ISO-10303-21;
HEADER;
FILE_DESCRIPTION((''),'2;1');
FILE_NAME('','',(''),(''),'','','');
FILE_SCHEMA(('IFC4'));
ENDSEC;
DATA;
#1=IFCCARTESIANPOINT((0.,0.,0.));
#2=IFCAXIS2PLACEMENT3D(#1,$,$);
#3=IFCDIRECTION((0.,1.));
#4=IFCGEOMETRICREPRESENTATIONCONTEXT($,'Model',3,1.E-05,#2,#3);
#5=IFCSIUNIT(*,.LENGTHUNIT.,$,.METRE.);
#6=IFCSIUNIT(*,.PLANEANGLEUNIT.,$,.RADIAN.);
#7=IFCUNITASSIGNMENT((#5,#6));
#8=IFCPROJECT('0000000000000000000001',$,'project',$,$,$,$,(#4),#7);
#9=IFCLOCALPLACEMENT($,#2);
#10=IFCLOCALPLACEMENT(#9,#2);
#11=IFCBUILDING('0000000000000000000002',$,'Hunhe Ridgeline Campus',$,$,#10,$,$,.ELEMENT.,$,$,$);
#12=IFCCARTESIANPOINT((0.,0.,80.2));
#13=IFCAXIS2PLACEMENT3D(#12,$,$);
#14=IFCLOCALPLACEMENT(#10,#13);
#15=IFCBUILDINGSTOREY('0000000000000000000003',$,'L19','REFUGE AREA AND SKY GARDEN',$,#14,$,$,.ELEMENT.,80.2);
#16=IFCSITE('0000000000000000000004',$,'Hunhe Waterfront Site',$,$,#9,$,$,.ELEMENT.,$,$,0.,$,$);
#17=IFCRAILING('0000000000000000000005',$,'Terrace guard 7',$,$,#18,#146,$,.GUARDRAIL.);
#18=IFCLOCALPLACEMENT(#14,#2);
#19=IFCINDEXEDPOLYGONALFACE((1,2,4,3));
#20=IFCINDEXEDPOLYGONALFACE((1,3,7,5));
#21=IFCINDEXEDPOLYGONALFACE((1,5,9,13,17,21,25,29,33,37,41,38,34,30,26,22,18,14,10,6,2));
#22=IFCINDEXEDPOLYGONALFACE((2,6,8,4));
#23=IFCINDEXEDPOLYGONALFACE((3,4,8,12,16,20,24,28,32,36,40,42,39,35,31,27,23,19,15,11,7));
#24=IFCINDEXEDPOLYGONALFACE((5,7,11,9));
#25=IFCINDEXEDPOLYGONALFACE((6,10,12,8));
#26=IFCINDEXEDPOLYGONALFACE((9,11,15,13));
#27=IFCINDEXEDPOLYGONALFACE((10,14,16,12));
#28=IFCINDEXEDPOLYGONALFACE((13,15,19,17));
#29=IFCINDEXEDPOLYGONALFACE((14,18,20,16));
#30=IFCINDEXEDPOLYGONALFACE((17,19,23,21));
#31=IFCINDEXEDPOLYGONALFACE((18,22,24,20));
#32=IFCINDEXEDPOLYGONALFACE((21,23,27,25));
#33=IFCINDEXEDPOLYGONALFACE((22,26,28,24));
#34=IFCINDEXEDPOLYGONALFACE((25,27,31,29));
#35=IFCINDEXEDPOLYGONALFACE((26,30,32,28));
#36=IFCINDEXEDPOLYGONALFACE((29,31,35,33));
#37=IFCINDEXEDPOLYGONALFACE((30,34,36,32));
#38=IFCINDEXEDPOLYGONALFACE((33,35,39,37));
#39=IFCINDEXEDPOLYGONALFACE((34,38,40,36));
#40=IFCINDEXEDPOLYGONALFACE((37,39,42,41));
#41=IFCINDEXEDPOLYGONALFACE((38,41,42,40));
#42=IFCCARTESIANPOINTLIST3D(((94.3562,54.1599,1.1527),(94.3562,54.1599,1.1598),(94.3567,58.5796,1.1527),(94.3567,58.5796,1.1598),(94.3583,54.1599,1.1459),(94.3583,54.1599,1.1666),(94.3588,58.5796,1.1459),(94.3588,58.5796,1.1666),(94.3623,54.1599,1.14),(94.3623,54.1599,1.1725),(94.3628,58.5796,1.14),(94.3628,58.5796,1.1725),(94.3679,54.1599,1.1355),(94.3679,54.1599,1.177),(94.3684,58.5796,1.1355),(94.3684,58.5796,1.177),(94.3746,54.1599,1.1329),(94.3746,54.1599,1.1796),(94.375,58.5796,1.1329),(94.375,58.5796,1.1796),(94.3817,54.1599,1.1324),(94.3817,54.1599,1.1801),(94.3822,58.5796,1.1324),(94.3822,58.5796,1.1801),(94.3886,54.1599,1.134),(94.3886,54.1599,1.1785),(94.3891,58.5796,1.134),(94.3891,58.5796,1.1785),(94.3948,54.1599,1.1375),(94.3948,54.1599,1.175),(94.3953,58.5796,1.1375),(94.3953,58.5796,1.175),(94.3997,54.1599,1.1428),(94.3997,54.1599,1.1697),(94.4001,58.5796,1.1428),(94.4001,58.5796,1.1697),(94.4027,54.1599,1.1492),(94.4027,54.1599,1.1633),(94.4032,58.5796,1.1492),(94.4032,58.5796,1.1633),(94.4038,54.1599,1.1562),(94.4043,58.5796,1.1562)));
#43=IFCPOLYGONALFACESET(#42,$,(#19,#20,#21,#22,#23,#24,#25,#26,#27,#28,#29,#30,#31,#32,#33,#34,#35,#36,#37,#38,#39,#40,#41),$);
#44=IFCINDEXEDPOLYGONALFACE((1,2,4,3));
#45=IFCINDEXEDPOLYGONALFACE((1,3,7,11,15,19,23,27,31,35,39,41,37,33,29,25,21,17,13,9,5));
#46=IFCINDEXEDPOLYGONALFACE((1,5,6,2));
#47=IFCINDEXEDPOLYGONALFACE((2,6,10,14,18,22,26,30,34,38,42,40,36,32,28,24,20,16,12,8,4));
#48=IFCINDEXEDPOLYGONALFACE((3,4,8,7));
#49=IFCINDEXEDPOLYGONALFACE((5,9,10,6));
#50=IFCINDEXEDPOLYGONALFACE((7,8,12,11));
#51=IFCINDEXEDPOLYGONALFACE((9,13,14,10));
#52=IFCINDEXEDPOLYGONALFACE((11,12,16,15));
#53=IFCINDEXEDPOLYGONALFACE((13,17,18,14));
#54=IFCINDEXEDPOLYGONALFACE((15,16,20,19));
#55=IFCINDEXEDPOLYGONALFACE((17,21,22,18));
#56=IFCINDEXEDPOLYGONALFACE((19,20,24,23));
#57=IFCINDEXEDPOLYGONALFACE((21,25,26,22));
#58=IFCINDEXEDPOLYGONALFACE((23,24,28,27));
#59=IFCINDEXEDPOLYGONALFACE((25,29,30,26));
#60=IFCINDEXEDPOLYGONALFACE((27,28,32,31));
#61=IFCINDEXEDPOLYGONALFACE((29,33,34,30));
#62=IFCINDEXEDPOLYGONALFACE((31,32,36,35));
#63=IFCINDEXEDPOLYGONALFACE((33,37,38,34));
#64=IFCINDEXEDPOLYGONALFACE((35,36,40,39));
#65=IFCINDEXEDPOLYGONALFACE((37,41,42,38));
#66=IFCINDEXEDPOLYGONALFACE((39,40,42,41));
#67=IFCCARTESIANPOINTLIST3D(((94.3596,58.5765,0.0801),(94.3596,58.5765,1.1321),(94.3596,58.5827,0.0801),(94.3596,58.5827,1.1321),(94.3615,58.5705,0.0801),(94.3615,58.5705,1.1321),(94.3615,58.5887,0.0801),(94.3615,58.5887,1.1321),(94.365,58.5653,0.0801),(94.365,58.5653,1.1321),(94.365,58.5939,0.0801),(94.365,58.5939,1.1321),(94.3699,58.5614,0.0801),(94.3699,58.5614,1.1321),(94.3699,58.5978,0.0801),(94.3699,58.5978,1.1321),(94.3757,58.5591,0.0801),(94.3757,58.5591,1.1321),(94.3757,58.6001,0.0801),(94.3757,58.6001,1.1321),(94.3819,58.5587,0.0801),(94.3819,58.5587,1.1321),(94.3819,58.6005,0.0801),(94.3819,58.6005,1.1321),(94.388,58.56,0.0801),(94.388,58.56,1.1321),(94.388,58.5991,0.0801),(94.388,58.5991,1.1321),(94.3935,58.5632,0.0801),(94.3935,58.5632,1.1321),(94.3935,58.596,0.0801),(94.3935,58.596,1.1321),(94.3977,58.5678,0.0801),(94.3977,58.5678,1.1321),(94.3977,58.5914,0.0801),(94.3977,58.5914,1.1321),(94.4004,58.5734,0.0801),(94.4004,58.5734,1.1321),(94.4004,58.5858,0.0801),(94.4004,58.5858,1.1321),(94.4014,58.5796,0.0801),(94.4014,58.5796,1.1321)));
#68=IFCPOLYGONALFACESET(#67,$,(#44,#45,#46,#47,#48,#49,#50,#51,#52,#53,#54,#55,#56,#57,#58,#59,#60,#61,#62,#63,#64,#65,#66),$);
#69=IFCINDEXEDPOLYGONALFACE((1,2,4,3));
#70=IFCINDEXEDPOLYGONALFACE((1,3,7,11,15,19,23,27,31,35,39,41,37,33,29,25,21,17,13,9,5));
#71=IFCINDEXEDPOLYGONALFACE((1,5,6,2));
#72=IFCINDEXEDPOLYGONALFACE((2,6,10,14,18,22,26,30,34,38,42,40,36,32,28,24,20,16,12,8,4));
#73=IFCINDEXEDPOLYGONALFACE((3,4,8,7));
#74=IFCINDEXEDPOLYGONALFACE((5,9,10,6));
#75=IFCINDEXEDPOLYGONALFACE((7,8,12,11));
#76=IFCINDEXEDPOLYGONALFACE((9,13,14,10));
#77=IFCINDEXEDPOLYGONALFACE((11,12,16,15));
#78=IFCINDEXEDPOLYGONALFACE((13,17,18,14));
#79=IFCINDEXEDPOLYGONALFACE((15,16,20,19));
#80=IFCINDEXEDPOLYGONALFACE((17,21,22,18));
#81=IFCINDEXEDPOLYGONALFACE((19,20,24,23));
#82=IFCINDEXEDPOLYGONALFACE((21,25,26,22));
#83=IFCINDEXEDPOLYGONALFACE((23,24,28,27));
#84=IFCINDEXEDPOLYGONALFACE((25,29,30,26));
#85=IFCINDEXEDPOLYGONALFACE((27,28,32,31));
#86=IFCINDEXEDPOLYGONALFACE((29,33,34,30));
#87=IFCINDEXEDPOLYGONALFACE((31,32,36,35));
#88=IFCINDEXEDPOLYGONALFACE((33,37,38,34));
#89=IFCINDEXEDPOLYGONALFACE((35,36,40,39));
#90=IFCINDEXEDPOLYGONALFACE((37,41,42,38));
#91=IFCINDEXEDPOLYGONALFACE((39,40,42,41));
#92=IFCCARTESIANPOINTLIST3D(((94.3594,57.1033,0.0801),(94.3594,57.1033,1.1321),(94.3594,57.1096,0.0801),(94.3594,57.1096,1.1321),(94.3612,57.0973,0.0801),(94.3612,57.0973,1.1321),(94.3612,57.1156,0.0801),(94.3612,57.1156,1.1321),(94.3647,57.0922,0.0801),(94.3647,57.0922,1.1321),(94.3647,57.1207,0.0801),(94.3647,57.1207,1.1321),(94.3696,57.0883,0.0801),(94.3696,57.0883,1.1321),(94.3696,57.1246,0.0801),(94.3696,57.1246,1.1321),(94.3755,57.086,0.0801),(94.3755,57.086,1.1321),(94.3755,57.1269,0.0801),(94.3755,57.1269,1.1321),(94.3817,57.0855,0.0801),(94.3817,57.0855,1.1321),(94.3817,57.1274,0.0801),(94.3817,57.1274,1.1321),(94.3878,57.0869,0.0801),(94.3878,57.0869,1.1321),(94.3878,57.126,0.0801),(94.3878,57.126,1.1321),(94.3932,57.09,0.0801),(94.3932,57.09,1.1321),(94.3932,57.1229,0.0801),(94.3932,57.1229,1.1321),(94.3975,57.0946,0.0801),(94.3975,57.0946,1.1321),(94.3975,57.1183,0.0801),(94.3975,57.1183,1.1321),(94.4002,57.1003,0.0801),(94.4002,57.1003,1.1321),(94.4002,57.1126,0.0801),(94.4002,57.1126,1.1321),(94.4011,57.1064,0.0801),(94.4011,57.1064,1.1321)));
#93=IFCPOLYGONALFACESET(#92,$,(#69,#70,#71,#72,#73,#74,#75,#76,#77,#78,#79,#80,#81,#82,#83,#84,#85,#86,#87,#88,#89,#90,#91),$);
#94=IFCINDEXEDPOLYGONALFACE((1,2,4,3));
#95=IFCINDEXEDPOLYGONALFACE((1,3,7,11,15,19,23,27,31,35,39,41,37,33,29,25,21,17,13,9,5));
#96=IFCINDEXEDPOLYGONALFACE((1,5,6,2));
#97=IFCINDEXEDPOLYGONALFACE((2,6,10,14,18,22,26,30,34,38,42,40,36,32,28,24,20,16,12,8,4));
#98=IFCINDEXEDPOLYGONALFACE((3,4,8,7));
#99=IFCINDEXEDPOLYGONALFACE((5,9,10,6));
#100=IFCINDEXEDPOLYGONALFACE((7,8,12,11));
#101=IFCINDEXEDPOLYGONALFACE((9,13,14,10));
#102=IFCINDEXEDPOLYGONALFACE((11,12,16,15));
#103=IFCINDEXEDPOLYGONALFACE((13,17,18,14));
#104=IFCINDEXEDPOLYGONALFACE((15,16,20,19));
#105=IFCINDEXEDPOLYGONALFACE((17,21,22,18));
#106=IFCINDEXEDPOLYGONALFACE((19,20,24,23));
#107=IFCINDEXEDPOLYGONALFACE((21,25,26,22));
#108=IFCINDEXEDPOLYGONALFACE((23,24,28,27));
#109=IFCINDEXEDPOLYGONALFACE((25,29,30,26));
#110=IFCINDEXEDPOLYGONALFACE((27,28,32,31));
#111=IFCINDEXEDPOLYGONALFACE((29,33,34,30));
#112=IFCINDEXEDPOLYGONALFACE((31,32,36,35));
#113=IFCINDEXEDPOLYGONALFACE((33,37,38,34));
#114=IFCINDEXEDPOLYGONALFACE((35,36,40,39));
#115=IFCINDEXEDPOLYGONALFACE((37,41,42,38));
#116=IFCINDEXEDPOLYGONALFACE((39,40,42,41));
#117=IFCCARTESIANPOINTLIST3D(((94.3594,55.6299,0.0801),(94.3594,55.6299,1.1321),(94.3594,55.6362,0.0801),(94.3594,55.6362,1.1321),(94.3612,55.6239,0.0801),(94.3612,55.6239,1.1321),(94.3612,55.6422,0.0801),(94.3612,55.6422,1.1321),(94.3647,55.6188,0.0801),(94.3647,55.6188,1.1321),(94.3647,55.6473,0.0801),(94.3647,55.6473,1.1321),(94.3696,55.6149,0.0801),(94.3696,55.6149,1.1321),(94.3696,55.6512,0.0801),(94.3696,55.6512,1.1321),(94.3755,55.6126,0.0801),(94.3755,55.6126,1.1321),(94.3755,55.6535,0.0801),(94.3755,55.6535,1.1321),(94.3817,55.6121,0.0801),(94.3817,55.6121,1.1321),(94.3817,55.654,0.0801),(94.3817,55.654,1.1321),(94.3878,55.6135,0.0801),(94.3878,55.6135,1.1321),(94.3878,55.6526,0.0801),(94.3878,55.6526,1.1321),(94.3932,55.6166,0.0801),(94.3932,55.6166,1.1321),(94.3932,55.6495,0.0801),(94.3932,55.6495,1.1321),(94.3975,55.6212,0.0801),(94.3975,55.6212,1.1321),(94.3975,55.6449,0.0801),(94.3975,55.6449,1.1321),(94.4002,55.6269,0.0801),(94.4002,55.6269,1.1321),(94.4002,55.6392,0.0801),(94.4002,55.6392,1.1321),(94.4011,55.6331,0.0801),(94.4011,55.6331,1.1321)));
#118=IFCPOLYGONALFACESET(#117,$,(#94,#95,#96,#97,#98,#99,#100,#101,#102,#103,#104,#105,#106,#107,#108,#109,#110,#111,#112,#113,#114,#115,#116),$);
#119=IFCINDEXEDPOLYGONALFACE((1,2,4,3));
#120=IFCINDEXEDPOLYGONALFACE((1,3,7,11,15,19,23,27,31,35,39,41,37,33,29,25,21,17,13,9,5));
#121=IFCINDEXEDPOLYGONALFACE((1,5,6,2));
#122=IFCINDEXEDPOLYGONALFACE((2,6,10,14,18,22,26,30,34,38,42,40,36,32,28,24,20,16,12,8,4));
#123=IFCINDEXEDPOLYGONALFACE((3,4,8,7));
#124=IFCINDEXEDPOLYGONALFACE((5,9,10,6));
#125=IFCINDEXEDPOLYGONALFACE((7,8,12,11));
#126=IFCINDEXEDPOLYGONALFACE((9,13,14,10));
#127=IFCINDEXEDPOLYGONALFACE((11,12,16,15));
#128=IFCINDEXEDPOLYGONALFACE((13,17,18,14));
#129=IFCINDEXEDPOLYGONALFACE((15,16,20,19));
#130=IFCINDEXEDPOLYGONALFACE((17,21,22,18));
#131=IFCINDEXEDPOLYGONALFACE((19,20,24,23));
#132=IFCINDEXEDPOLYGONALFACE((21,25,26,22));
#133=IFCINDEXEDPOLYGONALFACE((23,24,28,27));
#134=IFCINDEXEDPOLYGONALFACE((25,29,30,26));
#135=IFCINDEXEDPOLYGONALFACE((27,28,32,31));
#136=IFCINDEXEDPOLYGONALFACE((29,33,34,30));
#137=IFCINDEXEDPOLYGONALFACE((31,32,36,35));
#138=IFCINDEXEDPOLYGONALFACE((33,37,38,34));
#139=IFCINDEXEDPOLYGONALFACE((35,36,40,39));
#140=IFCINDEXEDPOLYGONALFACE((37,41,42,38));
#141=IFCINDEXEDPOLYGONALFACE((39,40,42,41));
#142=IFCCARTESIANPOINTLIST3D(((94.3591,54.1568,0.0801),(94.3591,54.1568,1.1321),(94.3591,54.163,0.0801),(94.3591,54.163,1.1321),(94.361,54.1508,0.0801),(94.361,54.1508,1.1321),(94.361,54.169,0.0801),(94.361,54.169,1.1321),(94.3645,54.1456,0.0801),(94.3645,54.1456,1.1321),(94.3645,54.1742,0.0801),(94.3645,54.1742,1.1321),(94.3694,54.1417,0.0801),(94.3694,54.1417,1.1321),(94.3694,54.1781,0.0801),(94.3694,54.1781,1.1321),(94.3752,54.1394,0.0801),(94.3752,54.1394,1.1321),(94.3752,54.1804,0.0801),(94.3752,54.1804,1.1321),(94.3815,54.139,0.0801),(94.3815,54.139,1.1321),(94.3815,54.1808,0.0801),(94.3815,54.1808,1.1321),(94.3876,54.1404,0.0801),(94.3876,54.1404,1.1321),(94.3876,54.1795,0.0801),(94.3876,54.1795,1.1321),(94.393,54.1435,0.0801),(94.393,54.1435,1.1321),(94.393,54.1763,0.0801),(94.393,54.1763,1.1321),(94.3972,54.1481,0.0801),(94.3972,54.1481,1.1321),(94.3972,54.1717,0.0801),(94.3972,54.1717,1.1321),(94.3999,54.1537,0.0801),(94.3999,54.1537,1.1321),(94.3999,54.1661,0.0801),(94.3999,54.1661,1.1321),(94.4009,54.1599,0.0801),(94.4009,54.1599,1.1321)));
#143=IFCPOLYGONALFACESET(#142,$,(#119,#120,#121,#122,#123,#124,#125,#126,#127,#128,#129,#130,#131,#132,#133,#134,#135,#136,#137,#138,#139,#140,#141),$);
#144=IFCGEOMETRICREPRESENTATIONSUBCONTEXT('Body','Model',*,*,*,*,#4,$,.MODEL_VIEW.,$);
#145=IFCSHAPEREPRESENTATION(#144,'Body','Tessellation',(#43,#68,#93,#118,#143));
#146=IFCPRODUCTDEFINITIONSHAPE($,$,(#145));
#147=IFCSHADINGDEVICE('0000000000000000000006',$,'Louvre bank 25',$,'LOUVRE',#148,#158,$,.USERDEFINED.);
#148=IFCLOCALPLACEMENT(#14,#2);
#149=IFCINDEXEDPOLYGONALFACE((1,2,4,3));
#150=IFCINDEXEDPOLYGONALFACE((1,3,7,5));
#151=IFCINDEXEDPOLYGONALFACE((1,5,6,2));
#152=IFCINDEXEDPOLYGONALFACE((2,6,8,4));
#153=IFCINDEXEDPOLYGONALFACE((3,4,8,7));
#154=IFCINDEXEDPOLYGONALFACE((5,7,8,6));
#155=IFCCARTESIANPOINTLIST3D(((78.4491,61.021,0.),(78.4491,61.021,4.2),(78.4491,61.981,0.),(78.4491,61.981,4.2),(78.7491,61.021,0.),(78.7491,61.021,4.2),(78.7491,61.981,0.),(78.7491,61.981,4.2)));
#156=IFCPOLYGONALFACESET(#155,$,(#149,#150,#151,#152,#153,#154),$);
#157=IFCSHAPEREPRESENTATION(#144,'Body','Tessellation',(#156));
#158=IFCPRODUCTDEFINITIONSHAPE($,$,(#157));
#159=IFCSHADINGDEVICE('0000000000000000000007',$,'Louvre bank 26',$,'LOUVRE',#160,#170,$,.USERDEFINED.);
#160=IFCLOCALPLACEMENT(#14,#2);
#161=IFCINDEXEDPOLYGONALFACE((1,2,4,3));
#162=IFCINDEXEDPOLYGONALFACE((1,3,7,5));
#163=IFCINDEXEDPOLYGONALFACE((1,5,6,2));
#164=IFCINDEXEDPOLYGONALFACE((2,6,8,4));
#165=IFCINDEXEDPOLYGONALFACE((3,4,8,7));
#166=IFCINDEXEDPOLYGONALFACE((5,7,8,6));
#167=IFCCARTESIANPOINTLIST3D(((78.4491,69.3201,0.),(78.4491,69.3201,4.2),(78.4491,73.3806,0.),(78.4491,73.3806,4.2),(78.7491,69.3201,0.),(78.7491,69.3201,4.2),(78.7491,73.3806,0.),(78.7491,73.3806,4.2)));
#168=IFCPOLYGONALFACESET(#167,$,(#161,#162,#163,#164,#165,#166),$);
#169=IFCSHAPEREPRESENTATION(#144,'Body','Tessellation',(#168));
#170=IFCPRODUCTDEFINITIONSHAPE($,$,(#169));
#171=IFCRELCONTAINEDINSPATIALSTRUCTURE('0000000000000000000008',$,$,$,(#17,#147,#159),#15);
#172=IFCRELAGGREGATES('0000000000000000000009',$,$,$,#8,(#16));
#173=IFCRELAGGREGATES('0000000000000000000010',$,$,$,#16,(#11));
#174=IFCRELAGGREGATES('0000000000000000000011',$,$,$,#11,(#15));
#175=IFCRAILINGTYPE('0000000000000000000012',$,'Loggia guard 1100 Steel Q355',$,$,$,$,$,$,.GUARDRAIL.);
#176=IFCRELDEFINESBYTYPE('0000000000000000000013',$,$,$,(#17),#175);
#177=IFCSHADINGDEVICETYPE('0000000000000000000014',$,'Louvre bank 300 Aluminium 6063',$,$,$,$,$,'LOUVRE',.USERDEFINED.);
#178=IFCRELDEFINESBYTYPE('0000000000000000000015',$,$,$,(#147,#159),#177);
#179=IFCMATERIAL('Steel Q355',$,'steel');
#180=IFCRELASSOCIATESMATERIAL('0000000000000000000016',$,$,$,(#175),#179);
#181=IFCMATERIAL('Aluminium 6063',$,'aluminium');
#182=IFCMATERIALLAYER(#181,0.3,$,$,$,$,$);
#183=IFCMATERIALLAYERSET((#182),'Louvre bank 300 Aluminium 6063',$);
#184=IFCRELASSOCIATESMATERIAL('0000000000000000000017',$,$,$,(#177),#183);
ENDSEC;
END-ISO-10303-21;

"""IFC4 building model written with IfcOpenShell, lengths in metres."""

from ifc_helpers import new_model, si_unit, direction, frame, origin, origin_2d, place, context, subcontext, project, spatial, rectangle, circle, extrude, material, layer, layer_set, type_object, element, save


model = new_model("IFC4")

# Units and contexts
model_context = context("Model", 3, precision=1e-05, world=origin(), true_north=direction((0.0, 1.0)))
body_context = subcontext(model_context, "Body", "Model", "MODEL_VIEW")
ifc_project = project(units=[si_unit("LENGTHUNIT", "METRE"), si_unit("PLANEANGLEUNIT", "RADIAN")], contexts=[model_context])

# Site, building, storey
site_placement = place(None, origin())
site = spatial("IfcSite", under=ifc_project, at=site_placement, Name="Hunhe Waterfront Site", CompositionType="ELEMENT", RefElevation=0.0)
building_placement = place(site_placement, origin())
building = spatial("IfcBuilding", under=site, at=building_placement, Name="Hunhe Ridgeline Campus", CompositionType="ELEMENT")
storey_placement = place(building_placement, frame((0.0, 0.0, 80.2)))
storey = spatial("IfcBuildingStorey", under=building, at=storey_placement, Name="L19", Description="REFUGE AREA AND SKY GARDEN", CompositionType="ELEMENT", Elevation=80.2)

# Shared definitions
ifc_material_1 = material(Name="Aluminium 6063", Category="aluminium")

# Railing
ifc_material_2 = material(Name="Steel Q355", Category="steel")
railing_type_1 = type_object("IfcRailingType", Name="Loggia guard 1100 Steel Q355", PredefinedType="GUARDRAIL", material=ifc_material_2)
railing_1_placement = place(storey_placement, frame((94.3804, 58.5796, 0.0801)))
element("IfcRailing", 1, at=railing_1_placement, inside=storey, type_object=railing_type_1, Name="Terrace guard 7", PredefinedType="GUARDRAIL", context=body_context, shape_type="SweptSolid", body=[
    extrude(circle(Radius=0.0239, at=origin_2d()), frame((0.0, 0.0, 1.0762), z_axis=(-0.00011, -1.0, 0.0), x_axis=(1.0, -0.00011, 0.0)), (0.0, 0.0, 1.0), 4.4197),
    extrude(circle(Radius=0.021, at=origin_2d()), origin(), (0.0, 0.0, 1.0), 1.052),
    extrude(circle(Radius=0.021, at=origin_2d()), frame((-0.0002, -1.4731, 0.0)), (0.0, 0.0, 1.0), 1.052),
    extrude(circle(Radius=0.021, at=origin_2d()), frame((-0.0002, -2.9465, 0.0)), (0.0, 0.0, 1.0), 1.052),
    extrude(circle(Radius=0.021, at=origin_2d()), frame((-0.0005, -4.4197, 0.0)), (0.0, 0.0, 1.0), 1.052),
])

# Shading devices
ifc_layer_1 = layer(ifc_material_1, 0.3)
ifc_layer_set_1 = layer_set([ifc_layer_1], Name="Louvre bank 300 Aluminium 6063")
shading_device_type = type_object("IfcShadingDeviceType", Name="Louvre bank 300 Aluminium 6063", ElementType="LOUVRE", PredefinedType="USERDEFINED", material=ifc_layer_set_1)
shading_device_1_placement = place(storey_placement, frame((78.5991, 61.501, 0.0), z_axis=(0.0, 0.0, 1.0), x_axis=(0.0, 1.0, 0.0)))
element("IfcShadingDevice", 2, at=shading_device_1_placement, inside=storey, type_object=shading_device_type, Name="Louvre bank 25", ObjectType="LOUVRE", PredefinedType="USERDEFINED", context=body_context, shape_type="SweptSolid", body=[
    extrude(rectangle(XDim=0.96, YDim=0.3, at=origin_2d()), origin(), (0.0, 0.0, 1.0), 4.2),
])
shading_device_2_placement = place(storey_placement, frame((78.5991, 71.3503, 0.0), z_axis=(0.0, 0.0, 1.0), x_axis=(0.0, 1.0, 0.0)))
element("IfcShadingDevice", 3, at=shading_device_2_placement, inside=storey, type_object=shading_device_type, Name="Louvre bank 26", ObjectType="LOUVRE", PredefinedType="USERDEFINED", context=body_context, shape_type="SweptSolid", body=[
    extrude(rectangle(XDim=4.0605, YDim=0.3, at=origin_2d()), origin(), (0.0, 0.0, 1.0), 4.2),
])

save(model, "model.ifc")
